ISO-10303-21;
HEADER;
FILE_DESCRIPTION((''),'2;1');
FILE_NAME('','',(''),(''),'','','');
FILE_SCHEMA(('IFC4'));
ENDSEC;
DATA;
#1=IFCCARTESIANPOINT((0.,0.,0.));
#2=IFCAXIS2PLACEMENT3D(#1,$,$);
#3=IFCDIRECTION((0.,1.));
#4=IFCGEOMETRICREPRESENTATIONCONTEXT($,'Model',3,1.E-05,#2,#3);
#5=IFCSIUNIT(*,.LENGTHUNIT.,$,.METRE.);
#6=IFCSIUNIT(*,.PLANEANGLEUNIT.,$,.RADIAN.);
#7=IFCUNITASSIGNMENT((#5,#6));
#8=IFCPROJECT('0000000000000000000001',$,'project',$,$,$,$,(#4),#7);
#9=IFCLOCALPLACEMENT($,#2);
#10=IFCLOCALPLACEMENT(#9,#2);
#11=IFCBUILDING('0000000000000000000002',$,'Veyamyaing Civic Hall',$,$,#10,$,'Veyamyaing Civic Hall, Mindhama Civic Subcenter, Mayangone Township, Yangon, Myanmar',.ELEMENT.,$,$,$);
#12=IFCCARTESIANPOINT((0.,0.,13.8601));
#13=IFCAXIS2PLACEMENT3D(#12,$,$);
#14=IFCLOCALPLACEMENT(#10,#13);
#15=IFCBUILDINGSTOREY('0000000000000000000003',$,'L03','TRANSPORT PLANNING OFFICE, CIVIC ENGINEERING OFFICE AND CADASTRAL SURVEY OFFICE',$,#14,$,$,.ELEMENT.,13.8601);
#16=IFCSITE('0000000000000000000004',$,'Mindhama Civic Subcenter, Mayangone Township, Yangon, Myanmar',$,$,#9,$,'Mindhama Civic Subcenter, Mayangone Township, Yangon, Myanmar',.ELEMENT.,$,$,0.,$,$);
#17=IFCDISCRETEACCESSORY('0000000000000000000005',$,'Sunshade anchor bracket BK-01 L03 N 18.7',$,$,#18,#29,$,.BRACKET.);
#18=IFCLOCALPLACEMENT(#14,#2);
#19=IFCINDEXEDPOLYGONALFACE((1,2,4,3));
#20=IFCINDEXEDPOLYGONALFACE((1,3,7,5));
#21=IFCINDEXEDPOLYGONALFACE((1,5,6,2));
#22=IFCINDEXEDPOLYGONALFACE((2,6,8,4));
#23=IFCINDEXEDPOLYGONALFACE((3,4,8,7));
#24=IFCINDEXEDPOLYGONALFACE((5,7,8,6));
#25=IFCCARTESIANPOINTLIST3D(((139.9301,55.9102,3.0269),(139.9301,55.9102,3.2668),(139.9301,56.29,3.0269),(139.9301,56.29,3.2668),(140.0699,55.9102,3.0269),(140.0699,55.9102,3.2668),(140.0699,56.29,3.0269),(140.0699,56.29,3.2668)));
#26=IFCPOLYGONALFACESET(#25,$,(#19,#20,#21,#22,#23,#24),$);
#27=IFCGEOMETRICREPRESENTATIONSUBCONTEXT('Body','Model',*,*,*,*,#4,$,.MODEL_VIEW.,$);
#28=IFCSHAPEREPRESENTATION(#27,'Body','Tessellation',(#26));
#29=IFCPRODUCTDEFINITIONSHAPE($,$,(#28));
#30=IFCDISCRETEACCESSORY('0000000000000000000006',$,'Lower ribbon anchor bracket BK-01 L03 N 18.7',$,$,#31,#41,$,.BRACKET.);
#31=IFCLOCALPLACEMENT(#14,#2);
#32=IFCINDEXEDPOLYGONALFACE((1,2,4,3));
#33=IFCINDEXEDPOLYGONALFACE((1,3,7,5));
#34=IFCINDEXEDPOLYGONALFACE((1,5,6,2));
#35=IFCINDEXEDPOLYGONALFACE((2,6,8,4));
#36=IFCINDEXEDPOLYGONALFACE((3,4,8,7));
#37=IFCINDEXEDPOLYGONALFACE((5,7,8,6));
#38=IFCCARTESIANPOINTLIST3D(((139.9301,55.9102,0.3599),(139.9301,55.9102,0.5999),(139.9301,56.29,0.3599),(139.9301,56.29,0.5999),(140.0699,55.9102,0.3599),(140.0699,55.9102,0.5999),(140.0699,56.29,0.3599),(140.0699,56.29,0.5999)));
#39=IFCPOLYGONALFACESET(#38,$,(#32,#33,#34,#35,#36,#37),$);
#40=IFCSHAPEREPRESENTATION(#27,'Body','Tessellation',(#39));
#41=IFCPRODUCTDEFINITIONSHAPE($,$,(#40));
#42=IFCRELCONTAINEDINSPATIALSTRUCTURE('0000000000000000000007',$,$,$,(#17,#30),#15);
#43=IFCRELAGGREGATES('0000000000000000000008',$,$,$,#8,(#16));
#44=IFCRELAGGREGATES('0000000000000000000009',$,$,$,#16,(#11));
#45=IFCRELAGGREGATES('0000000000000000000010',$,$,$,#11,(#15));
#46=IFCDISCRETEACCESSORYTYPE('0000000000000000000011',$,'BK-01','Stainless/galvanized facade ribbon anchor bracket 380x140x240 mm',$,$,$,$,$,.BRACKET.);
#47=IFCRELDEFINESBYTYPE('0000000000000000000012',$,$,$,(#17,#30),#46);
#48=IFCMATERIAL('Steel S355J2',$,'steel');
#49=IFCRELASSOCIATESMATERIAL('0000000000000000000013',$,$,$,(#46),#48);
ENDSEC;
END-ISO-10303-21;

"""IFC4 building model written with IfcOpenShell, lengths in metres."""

from ifc_helpers import new_model, si_unit, direction, frame, origin, origin_2d, place, context, subcontext, project, spatial, rectangle, extrude, material, type_object, element, save


model = new_model("IFC4")

# Units and contexts
model_context = context("Model", 3, precision=1e-05, world=origin(), true_north=direction((0.0, 1.0)))
body_context = subcontext(model_context, "Body", "Model", "MODEL_VIEW")
ifc_project = project(units=[si_unit("LENGTHUNIT", "METRE"), si_unit("PLANEANGLEUNIT", "RADIAN")], contexts=[model_context])

# Site, building, storey
site_placement = place(None, origin())
site = spatial("IfcSite", under=ifc_project, at=site_placement, Name="Mindhama Civic Subcenter, Mayangone Township, Yangon, Myanmar", LongName="Mindhama Civic Subcenter, Mayangone Township, Yangon, Myanmar", CompositionType="ELEMENT", RefElevation=0.0)
building_placement = place(site_placement, origin())
building = spatial("IfcBuilding", under=site, at=building_placement, Name="Veyamyaing Civic Hall", LongName="Veyamyaing Civic Hall, Mindhama Civic Subcenter, Mayangone Township, Yangon, Myanmar", CompositionType="ELEMENT")
storey_placement = place(building_placement, frame((0.0, 0.0, 13.8601)))
storey = spatial("IfcBuildingStorey", under=building, at=storey_placement, Name="L03", Description="TRANSPORT PLANNING OFFICE, CIVIC ENGINEERING OFFICE AND CADASTRAL SURVEY OFFICE", CompositionType="ELEMENT", Elevation=13.8601)

# Discrete accessories
ifc_material_1 = material(Name="Steel S355J2", Category="steel")
discrete_accessory_type = type_object("IfcDiscreteAccessoryType", Name="BK-01", Description="Stainless/galvanized facade ribbon anchor bracket 380x140x240 mm", PredefinedType="BRACKET", material=ifc_material_1)
for number, where, z_axis, x_axis, name in (
    (1, (140.0, 56.1001, 3.0269), (0.0, 0.0, 1.0), (0.0, 1.0, 0.0), "Sunshade anchor bracket BK-01 L03 N 18.7"),
    (2, (140.0, 56.1001, 0.3599), (0.0, 0.0, 1.0), (0.0, 1.0, 0.0), "Lower ribbon anchor bracket BK-01 L03 N 18.7"),
):
    element("IfcDiscreteAccessory", number, at=place(storey_placement, frame(where, z_axis=z_axis, x_axis=x_axis)), inside=storey, type_object=discrete_accessory_type, Name=name, PredefinedType="BRACKET", context=body_context, shape_type="SweptSolid", body=[
        extrude(rectangle(XDim=0.3799, YDim=0.1399, at=origin_2d()), origin(), (0.0, 0.0, 1.0), 0.24),
    ])

save(model, "model.ifc")
